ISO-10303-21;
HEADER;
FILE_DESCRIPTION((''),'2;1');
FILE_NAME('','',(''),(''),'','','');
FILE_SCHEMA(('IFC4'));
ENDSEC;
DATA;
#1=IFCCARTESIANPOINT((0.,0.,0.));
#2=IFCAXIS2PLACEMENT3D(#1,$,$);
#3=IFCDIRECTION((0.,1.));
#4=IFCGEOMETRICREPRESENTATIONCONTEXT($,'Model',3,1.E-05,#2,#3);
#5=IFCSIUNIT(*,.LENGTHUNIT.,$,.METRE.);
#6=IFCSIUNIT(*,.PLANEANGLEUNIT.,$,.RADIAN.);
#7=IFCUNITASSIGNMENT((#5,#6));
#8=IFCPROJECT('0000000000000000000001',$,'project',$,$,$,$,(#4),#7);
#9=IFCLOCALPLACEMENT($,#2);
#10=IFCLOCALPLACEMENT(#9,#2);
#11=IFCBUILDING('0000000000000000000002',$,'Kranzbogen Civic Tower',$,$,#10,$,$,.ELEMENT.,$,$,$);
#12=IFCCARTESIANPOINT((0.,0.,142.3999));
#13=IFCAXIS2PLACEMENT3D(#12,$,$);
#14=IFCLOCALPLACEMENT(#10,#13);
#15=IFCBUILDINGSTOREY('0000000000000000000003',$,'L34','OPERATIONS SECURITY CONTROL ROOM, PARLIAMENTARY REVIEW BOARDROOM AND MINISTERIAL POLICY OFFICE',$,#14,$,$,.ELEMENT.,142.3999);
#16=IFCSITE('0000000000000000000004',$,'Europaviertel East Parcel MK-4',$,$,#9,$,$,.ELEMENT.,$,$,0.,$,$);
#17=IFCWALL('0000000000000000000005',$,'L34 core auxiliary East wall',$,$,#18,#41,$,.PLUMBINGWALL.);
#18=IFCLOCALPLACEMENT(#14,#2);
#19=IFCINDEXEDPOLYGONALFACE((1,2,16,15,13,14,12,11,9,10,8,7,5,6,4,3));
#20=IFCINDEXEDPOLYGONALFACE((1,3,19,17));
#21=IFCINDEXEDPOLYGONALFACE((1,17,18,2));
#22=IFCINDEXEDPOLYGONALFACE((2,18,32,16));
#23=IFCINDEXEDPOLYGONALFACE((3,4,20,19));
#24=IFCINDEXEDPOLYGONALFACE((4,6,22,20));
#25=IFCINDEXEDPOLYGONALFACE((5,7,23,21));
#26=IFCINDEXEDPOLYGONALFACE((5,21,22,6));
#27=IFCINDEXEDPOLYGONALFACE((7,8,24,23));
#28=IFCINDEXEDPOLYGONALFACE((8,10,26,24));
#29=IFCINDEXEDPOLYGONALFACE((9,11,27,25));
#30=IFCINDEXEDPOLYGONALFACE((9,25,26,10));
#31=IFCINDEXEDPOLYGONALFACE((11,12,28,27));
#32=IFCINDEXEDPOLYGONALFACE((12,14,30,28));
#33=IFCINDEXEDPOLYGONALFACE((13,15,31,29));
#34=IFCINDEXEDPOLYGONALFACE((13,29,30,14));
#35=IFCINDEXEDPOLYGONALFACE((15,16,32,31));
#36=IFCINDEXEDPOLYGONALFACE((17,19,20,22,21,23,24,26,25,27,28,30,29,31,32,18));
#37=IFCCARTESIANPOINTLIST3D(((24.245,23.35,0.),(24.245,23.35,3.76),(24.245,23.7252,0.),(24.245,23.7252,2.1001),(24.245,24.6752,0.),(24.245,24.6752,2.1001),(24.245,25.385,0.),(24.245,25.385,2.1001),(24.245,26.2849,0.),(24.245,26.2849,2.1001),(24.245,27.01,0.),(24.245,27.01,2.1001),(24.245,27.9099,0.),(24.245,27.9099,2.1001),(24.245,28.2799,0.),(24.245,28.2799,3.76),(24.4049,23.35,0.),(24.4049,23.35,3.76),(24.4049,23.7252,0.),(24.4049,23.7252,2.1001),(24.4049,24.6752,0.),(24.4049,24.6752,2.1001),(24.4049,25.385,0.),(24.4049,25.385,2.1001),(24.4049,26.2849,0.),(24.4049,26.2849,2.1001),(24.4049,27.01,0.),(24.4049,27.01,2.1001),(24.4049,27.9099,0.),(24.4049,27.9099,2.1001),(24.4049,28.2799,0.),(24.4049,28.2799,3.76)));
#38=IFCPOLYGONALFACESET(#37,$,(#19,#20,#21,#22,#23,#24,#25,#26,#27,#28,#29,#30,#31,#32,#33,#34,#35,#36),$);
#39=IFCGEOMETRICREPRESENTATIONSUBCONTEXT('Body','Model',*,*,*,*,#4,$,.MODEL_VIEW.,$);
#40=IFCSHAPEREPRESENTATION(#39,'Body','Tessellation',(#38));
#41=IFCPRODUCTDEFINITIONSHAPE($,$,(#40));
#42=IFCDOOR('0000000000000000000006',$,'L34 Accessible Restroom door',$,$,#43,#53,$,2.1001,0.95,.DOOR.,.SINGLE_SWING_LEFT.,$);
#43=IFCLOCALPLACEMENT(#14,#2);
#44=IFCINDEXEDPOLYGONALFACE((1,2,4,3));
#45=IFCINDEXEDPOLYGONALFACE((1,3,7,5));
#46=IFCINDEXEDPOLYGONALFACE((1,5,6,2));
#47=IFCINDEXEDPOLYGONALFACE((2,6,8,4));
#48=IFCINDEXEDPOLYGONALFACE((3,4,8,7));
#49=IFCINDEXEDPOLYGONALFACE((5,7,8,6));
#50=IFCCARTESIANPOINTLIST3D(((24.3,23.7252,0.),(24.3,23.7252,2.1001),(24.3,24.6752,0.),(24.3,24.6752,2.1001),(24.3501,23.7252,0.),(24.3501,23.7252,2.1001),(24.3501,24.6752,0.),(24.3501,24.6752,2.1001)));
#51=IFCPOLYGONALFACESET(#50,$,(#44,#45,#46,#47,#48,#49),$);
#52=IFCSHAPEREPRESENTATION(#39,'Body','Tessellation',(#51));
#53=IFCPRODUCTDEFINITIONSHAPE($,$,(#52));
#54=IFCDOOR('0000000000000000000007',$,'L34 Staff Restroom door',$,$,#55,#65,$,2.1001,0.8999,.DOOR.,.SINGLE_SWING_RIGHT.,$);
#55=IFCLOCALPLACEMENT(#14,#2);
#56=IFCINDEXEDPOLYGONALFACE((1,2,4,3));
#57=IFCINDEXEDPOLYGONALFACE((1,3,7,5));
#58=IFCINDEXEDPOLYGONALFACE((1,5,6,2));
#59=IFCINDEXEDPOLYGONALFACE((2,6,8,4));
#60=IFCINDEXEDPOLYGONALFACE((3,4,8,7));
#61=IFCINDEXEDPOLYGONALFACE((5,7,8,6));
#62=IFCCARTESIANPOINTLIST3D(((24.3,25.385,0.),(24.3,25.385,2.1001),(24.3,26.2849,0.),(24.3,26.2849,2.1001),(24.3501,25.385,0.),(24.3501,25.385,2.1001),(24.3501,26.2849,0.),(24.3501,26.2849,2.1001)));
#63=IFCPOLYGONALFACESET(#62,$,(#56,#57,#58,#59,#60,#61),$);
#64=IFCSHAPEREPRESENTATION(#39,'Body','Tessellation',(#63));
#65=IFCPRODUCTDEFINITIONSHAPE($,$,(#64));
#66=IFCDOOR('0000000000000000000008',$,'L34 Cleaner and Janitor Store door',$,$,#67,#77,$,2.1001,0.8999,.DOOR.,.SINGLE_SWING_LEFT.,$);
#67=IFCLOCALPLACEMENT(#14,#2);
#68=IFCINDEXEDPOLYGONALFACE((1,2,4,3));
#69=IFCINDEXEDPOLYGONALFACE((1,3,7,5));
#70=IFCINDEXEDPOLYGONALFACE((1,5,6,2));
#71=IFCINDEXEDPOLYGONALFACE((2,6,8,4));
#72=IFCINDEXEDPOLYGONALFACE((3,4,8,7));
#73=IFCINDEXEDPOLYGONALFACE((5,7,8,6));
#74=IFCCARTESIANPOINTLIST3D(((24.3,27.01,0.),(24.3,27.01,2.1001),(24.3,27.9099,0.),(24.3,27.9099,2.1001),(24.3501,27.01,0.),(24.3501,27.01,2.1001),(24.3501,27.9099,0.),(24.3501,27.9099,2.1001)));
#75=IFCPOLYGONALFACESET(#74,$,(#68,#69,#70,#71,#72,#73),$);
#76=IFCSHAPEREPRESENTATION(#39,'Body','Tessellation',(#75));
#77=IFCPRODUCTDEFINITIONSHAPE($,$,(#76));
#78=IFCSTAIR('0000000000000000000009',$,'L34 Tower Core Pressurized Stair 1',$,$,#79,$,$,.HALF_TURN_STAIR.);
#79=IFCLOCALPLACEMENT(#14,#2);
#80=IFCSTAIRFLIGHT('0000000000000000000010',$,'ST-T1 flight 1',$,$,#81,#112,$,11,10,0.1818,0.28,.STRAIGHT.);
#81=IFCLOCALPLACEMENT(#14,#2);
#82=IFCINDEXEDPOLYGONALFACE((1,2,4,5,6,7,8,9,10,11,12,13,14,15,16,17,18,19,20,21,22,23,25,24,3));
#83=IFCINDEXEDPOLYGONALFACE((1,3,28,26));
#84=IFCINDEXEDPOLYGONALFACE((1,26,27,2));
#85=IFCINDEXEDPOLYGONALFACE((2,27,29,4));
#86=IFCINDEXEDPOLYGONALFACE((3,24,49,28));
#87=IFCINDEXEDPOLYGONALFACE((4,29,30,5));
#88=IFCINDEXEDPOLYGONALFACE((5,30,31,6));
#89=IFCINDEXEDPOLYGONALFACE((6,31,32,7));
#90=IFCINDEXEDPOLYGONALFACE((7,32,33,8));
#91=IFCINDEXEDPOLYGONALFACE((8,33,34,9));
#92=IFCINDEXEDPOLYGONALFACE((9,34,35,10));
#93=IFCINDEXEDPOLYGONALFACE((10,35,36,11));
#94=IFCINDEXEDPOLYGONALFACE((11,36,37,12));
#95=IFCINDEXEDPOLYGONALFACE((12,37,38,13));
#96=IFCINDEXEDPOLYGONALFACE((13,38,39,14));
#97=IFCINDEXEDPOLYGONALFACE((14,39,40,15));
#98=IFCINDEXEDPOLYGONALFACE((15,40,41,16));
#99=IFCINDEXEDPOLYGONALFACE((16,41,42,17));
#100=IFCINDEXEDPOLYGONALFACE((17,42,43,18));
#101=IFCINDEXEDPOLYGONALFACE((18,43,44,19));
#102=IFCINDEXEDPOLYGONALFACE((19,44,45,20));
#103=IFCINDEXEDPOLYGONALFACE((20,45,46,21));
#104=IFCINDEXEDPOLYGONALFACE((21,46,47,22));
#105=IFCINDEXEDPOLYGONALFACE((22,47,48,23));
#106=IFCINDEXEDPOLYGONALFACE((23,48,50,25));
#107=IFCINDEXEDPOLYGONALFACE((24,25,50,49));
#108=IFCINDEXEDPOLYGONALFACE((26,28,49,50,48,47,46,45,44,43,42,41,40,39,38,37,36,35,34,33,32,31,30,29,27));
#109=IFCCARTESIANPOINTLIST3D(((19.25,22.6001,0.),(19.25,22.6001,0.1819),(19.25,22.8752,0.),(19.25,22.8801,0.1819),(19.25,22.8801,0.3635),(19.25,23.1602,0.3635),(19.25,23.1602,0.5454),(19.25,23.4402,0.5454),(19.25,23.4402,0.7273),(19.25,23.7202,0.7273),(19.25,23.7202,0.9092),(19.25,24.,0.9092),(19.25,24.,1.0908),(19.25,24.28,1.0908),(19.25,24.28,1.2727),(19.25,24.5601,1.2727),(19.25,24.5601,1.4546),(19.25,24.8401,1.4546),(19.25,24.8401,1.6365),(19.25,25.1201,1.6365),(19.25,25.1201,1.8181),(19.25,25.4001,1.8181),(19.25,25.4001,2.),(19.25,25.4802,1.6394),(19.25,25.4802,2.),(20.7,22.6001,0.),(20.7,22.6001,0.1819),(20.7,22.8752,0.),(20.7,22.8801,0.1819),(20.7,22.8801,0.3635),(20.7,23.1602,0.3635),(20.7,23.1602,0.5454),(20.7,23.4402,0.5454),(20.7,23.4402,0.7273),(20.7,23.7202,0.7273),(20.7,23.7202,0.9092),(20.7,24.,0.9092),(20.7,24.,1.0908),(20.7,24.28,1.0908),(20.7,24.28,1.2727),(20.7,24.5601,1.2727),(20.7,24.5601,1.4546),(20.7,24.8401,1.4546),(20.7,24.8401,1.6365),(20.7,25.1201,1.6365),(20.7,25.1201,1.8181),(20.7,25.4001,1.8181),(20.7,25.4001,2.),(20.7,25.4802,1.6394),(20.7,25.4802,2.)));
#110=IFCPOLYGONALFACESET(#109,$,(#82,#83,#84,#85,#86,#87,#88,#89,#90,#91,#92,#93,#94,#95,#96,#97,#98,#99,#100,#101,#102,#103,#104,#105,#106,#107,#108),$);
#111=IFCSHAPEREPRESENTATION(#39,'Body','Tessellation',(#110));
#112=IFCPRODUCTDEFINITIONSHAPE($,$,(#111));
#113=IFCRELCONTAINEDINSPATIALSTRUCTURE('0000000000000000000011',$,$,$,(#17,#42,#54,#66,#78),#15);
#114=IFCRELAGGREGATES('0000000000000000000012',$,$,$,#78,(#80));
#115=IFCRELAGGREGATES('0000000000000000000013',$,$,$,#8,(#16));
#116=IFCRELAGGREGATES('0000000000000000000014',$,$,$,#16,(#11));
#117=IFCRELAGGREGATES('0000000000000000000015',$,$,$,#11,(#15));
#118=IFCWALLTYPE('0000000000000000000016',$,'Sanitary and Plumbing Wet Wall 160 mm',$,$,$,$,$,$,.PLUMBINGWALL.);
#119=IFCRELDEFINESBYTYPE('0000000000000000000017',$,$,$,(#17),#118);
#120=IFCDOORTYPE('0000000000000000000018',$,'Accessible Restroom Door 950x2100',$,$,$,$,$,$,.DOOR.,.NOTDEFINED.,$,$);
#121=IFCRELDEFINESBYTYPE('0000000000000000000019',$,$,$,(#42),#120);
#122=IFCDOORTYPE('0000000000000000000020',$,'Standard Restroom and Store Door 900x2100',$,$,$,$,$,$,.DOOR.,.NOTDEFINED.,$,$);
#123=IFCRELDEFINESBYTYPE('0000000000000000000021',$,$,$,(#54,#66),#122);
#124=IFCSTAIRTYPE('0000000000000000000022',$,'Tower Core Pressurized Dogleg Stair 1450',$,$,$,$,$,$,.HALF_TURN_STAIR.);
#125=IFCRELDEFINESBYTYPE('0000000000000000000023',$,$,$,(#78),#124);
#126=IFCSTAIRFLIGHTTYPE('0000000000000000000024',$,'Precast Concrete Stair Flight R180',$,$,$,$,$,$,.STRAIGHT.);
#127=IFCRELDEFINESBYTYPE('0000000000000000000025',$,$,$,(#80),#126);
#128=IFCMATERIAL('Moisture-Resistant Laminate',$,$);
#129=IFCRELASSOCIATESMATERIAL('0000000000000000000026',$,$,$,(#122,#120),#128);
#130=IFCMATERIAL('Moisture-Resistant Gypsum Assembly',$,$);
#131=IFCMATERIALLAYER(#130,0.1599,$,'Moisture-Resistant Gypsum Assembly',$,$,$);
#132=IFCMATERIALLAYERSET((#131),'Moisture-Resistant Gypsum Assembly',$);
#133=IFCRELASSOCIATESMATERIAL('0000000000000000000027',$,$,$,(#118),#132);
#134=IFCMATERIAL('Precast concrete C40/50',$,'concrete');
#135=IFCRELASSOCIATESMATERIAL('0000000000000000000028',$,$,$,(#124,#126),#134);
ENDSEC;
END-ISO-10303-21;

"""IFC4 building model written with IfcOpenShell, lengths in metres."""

from ifc_helpers import new_model, si_unit, direction, frame, frame_2d, origin, place, context, subcontext, project, spatial, polyline, rectangle, outline, extrude, material, layer, layer_set, type_object, element, fill, aggregate, save


model = new_model("IFC4")

# Units and contexts
model_context = context("Model", 3, precision=1e-05, world=origin(), true_north=direction((0.0, 1.0)))
body_context = subcontext(model_context, "Body", "Model", "MODEL_VIEW")
ifc_project = project(units=[si_unit("LENGTHUNIT", "METRE"), si_unit("PLANEANGLEUNIT", "RADIAN")], contexts=[model_context])

# Site, building, storey
site_placement = place(None, origin())
site = spatial("IfcSite", under=ifc_project, at=site_placement, Name="Europaviertel East Parcel MK-4", CompositionType="ELEMENT", RefElevation=0.0)
building_placement = place(site_placement, origin())
building = spatial("IfcBuilding", under=site, at=building_placement, Name="Kranzbogen Civic Tower", CompositionType="ELEMENT")
storey_placement = place(building_placement, frame((0.0, 0.0, 142.3999)))
storey = spatial("IfcBuildingStorey", under=building, at=storey_placement, Name="L34", Description="OPERATIONS SECURITY CONTROL ROOM, PARLIAMENTARY REVIEW BOARDROOM AND MINISTERIAL POLICY OFFICE", CompositionType="ELEMENT", Elevation=142.3999)

# Shared definitions
ifc_material_1 = material(Name="Moisture-Resistant Laminate")
door_type_1 = type_object("IfcDoorType", Name="Standard Restroom and Store Door 900x2100", OperationType="NOTDEFINED", PredefinedType="DOOR", material=ifc_material_1)

# Wall, openings, doors
ifc_material_2 = material(Name="Moisture-Resistant Gypsum Assembly")
ifc_layer_1 = layer(ifc_material_2, 0.1599, Name="Moisture-Resistant Gypsum Assembly")
ifc_layer_set_1 = layer_set([ifc_layer_1], Name="Moisture-Resistant Gypsum Assembly")
wall_type_1 = type_object("IfcWallType", Name="Sanitary and Plumbing Wet Wall 160 mm", PredefinedType="PLUMBINGWALL", material=ifc_layer_set_1)
wall_1_placement = place(storey_placement, frame((24.325, 23.3501, 0.0), z_axis=(0.0, 0.0, 1.0), x_axis=(0.0, 1.0, 0.0)))
wall_1 = element("IfcWall", 1, at=wall_1_placement, inside=storey, type_object=wall_type_1, Name="L34 core auxiliary East wall", PredefinedType="PLUMBINGWALL", context=body_context, shape_type="SweptSolid", body=[
    extrude(rectangle(XDim=4.9299, YDim=0.1599, at=frame_2d((2.4648, 0.0))), origin(), (0.0, 0.0, 1.0), 3.76),
])
opening_1_placement = place(wall_1_placement, frame((0.375, 0.0, 0.0)))
opening_1 = element("IfcOpeningElement", 2, at=opening_1_placement, cuts=wall_1, PredefinedType="OPENING", context=body_context, shape_type="SweptSolid", body=[
    extrude(rectangle(XDim=0.95, YDim=2.1001, at=frame_2d((0.4751, 1.05))), frame((0.0, 0.0898, 0.0), z_axis=(0.0, -1.0, 0.0), x_axis=(1.0, 0.0, 0.0)), (0.0, 0.0, 1.0), 0.1799),
])
opening_2_placement = place(wall_1_placement, frame((2.0349, 0.0, 0.0)))
opening_2 = element("IfcOpeningElement", 3, at=opening_2_placement, cuts=wall_1, PredefinedType="OPENING", context=body_context, shape_type="SweptSolid", body=[
    extrude(rectangle(XDim=0.8999, YDim=2.1001, at=frame_2d((0.45, 1.05))), frame((0.0, 0.0898, 0.0), z_axis=(0.0, -1.0, 0.0), x_axis=(1.0, 0.0, 0.0)), (0.0, 0.0, 1.0), 0.1799),
])
opening_3_placement = place(wall_1_placement, frame((3.6599, 0.0, 0.0)))
opening_3 = element("IfcOpeningElement", 4, at=opening_3_placement, cuts=wall_1, PredefinedType="OPENING", context=body_context, shape_type="SweptSolid", body=[
    extrude(rectangle(XDim=0.8999, YDim=2.1001, at=frame_2d((0.45, 1.05))), frame((0.0, 0.0898, 0.0), z_axis=(0.0, -1.0, 0.0), x_axis=(1.0, 0.0, 0.0)), (0.0, 0.0, 1.0), 0.1799),
])
door_type_2 = type_object("IfcDoorType", Name="Accessible Restroom Door 950x2100", OperationType="NOTDEFINED", PredefinedType="DOOR", material=ifc_material_1)
door_1_placement = place(opening_1_placement, origin())
door_1 = element("IfcDoor", 5, at=door_1_placement, inside=storey, type_object=door_type_2, Name="L34 Accessible Restroom door", OperationType="SINGLE_SWING_LEFT", OverallHeight=2.1001, OverallWidth=0.95, PredefinedType="DOOR", context=body_context, shape_type="SweptSolid", body=[
    extrude(rectangle(XDim=0.95, YDim=2.1001, at=frame_2d((0.4751, 1.05))), frame((0.0, 0.0249, 0.0), z_axis=(0.0, -1.0, 0.0), x_axis=(1.0, 0.0, 0.0)), (0.0, 0.0, 1.0), 0.05),
])
fill(opening_1, door_1)
door_2_placement = place(opening_2_placement, origin())
door_2 = element("IfcDoor", 6, at=door_2_placement, inside=storey, type_object=door_type_1, Name="L34 Staff Restroom door", OperationType="SINGLE_SWING_RIGHT", OverallHeight=2.1001, OverallWidth=0.8999, PredefinedType="DOOR", context=body_context, shape_type="SweptSolid", body=[
    extrude(rectangle(XDim=0.8999, YDim=2.1001, at=frame_2d((0.45, 1.05))), frame((0.0, 0.0249, 0.0), z_axis=(0.0, -1.0, 0.0), x_axis=(1.0, 0.0, 0.0)), (0.0, 0.0, 1.0), 0.05),
])
fill(opening_2, door_2)
door_3_placement = place(opening_3_placement, origin())
door_3 = element("IfcDoor", 7, at=door_3_placement, inside=storey, type_object=door_type_1, Name="L34 Cleaner and Janitor Store door", OperationType="SINGLE_SWING_LEFT", OverallHeight=2.1001, OverallWidth=0.8999, PredefinedType="DOOR", context=body_context, shape_type="SweptSolid", body=[
    extrude(rectangle(XDim=0.8999, YDim=2.1001, at=frame_2d((0.45, 1.05))), frame((0.0, 0.0249, 0.0), z_axis=(0.0, -1.0, 0.0), x_axis=(1.0, 0.0, 0.0)), (0.0, 0.0, 1.0), 0.05),
])
fill(opening_3, door_3)

# Stair, stair flight
ifc_material_3 = material(Name="Precast concrete C40/50", Category="concrete")
stair_type = type_object("IfcStairType", Name="Tower Core Pressurized Dogleg Stair 1450", PredefinedType="HALF_TURN_STAIR", material=ifc_material_3)
stair_placement = place(storey_placement, origin())
stair = element("IfcStair", 8, at=stair_placement, inside=storey, type_object=stair_type, Name="L34 Tower Core Pressurized Stair 1", PredefinedType="HALF_TURN_STAIR")
stair_flight_type = type_object("IfcStairFlightType", Name="Precast Concrete Stair Flight R180", PredefinedType="STRAIGHT", material=ifc_material_3)
stair_flight_placement = place(storey_placement, frame((19.9751, 22.6001, 0.0), z_axis=(0.0, 0.0, 1.0), x_axis=(0.0, 1.0, 0.0)))
stair_flight = element("IfcStairFlight", 9, at=stair_flight_placement, type_object=stair_flight_type, Name="ST-T1 flight 1", NumberOfRisers=11, NumberOfTreads=10, PredefinedType="STRAIGHT", RiserHeight=0.1818, TreadLength=0.28, context=body_context, shape_type="SweptSolid", body=[
    extrude(outline(polyline([(0.0, 0.0), (0.0, 0.1819), (0.28, 0.1819), (0.28, 0.3635), (0.5601, 0.3635), (0.5601, 0.5454), (0.8401, 0.5454), (0.8401, 0.7273), (1.1201, 0.7273), (1.1201, 0.9092), (1.3999, 0.9092), (1.3999, 1.0908), (1.6799, 1.0908), (1.6799, 1.2727), (1.96, 1.2727), (1.96, 1.4546), (2.24, 1.4546), (2.24, 1.6365), (2.52, 1.6365), (2.52, 1.8181), (2.8, 1.8181), (2.8, 2.0), (2.8801, 2.0), (2.8801, 1.6394), (0.2751, 0.0), (0.0, 0.0)])), frame((0.0, 0.7251, 0.0), z_axis=(0.0, -1.0, 0.0), x_axis=(1.0, 0.0, 0.0)), (0.0, 0.0, 1.0), 1.45),
])
aggregate(stair, [stair_flight])

save(model, "model.ifc")
